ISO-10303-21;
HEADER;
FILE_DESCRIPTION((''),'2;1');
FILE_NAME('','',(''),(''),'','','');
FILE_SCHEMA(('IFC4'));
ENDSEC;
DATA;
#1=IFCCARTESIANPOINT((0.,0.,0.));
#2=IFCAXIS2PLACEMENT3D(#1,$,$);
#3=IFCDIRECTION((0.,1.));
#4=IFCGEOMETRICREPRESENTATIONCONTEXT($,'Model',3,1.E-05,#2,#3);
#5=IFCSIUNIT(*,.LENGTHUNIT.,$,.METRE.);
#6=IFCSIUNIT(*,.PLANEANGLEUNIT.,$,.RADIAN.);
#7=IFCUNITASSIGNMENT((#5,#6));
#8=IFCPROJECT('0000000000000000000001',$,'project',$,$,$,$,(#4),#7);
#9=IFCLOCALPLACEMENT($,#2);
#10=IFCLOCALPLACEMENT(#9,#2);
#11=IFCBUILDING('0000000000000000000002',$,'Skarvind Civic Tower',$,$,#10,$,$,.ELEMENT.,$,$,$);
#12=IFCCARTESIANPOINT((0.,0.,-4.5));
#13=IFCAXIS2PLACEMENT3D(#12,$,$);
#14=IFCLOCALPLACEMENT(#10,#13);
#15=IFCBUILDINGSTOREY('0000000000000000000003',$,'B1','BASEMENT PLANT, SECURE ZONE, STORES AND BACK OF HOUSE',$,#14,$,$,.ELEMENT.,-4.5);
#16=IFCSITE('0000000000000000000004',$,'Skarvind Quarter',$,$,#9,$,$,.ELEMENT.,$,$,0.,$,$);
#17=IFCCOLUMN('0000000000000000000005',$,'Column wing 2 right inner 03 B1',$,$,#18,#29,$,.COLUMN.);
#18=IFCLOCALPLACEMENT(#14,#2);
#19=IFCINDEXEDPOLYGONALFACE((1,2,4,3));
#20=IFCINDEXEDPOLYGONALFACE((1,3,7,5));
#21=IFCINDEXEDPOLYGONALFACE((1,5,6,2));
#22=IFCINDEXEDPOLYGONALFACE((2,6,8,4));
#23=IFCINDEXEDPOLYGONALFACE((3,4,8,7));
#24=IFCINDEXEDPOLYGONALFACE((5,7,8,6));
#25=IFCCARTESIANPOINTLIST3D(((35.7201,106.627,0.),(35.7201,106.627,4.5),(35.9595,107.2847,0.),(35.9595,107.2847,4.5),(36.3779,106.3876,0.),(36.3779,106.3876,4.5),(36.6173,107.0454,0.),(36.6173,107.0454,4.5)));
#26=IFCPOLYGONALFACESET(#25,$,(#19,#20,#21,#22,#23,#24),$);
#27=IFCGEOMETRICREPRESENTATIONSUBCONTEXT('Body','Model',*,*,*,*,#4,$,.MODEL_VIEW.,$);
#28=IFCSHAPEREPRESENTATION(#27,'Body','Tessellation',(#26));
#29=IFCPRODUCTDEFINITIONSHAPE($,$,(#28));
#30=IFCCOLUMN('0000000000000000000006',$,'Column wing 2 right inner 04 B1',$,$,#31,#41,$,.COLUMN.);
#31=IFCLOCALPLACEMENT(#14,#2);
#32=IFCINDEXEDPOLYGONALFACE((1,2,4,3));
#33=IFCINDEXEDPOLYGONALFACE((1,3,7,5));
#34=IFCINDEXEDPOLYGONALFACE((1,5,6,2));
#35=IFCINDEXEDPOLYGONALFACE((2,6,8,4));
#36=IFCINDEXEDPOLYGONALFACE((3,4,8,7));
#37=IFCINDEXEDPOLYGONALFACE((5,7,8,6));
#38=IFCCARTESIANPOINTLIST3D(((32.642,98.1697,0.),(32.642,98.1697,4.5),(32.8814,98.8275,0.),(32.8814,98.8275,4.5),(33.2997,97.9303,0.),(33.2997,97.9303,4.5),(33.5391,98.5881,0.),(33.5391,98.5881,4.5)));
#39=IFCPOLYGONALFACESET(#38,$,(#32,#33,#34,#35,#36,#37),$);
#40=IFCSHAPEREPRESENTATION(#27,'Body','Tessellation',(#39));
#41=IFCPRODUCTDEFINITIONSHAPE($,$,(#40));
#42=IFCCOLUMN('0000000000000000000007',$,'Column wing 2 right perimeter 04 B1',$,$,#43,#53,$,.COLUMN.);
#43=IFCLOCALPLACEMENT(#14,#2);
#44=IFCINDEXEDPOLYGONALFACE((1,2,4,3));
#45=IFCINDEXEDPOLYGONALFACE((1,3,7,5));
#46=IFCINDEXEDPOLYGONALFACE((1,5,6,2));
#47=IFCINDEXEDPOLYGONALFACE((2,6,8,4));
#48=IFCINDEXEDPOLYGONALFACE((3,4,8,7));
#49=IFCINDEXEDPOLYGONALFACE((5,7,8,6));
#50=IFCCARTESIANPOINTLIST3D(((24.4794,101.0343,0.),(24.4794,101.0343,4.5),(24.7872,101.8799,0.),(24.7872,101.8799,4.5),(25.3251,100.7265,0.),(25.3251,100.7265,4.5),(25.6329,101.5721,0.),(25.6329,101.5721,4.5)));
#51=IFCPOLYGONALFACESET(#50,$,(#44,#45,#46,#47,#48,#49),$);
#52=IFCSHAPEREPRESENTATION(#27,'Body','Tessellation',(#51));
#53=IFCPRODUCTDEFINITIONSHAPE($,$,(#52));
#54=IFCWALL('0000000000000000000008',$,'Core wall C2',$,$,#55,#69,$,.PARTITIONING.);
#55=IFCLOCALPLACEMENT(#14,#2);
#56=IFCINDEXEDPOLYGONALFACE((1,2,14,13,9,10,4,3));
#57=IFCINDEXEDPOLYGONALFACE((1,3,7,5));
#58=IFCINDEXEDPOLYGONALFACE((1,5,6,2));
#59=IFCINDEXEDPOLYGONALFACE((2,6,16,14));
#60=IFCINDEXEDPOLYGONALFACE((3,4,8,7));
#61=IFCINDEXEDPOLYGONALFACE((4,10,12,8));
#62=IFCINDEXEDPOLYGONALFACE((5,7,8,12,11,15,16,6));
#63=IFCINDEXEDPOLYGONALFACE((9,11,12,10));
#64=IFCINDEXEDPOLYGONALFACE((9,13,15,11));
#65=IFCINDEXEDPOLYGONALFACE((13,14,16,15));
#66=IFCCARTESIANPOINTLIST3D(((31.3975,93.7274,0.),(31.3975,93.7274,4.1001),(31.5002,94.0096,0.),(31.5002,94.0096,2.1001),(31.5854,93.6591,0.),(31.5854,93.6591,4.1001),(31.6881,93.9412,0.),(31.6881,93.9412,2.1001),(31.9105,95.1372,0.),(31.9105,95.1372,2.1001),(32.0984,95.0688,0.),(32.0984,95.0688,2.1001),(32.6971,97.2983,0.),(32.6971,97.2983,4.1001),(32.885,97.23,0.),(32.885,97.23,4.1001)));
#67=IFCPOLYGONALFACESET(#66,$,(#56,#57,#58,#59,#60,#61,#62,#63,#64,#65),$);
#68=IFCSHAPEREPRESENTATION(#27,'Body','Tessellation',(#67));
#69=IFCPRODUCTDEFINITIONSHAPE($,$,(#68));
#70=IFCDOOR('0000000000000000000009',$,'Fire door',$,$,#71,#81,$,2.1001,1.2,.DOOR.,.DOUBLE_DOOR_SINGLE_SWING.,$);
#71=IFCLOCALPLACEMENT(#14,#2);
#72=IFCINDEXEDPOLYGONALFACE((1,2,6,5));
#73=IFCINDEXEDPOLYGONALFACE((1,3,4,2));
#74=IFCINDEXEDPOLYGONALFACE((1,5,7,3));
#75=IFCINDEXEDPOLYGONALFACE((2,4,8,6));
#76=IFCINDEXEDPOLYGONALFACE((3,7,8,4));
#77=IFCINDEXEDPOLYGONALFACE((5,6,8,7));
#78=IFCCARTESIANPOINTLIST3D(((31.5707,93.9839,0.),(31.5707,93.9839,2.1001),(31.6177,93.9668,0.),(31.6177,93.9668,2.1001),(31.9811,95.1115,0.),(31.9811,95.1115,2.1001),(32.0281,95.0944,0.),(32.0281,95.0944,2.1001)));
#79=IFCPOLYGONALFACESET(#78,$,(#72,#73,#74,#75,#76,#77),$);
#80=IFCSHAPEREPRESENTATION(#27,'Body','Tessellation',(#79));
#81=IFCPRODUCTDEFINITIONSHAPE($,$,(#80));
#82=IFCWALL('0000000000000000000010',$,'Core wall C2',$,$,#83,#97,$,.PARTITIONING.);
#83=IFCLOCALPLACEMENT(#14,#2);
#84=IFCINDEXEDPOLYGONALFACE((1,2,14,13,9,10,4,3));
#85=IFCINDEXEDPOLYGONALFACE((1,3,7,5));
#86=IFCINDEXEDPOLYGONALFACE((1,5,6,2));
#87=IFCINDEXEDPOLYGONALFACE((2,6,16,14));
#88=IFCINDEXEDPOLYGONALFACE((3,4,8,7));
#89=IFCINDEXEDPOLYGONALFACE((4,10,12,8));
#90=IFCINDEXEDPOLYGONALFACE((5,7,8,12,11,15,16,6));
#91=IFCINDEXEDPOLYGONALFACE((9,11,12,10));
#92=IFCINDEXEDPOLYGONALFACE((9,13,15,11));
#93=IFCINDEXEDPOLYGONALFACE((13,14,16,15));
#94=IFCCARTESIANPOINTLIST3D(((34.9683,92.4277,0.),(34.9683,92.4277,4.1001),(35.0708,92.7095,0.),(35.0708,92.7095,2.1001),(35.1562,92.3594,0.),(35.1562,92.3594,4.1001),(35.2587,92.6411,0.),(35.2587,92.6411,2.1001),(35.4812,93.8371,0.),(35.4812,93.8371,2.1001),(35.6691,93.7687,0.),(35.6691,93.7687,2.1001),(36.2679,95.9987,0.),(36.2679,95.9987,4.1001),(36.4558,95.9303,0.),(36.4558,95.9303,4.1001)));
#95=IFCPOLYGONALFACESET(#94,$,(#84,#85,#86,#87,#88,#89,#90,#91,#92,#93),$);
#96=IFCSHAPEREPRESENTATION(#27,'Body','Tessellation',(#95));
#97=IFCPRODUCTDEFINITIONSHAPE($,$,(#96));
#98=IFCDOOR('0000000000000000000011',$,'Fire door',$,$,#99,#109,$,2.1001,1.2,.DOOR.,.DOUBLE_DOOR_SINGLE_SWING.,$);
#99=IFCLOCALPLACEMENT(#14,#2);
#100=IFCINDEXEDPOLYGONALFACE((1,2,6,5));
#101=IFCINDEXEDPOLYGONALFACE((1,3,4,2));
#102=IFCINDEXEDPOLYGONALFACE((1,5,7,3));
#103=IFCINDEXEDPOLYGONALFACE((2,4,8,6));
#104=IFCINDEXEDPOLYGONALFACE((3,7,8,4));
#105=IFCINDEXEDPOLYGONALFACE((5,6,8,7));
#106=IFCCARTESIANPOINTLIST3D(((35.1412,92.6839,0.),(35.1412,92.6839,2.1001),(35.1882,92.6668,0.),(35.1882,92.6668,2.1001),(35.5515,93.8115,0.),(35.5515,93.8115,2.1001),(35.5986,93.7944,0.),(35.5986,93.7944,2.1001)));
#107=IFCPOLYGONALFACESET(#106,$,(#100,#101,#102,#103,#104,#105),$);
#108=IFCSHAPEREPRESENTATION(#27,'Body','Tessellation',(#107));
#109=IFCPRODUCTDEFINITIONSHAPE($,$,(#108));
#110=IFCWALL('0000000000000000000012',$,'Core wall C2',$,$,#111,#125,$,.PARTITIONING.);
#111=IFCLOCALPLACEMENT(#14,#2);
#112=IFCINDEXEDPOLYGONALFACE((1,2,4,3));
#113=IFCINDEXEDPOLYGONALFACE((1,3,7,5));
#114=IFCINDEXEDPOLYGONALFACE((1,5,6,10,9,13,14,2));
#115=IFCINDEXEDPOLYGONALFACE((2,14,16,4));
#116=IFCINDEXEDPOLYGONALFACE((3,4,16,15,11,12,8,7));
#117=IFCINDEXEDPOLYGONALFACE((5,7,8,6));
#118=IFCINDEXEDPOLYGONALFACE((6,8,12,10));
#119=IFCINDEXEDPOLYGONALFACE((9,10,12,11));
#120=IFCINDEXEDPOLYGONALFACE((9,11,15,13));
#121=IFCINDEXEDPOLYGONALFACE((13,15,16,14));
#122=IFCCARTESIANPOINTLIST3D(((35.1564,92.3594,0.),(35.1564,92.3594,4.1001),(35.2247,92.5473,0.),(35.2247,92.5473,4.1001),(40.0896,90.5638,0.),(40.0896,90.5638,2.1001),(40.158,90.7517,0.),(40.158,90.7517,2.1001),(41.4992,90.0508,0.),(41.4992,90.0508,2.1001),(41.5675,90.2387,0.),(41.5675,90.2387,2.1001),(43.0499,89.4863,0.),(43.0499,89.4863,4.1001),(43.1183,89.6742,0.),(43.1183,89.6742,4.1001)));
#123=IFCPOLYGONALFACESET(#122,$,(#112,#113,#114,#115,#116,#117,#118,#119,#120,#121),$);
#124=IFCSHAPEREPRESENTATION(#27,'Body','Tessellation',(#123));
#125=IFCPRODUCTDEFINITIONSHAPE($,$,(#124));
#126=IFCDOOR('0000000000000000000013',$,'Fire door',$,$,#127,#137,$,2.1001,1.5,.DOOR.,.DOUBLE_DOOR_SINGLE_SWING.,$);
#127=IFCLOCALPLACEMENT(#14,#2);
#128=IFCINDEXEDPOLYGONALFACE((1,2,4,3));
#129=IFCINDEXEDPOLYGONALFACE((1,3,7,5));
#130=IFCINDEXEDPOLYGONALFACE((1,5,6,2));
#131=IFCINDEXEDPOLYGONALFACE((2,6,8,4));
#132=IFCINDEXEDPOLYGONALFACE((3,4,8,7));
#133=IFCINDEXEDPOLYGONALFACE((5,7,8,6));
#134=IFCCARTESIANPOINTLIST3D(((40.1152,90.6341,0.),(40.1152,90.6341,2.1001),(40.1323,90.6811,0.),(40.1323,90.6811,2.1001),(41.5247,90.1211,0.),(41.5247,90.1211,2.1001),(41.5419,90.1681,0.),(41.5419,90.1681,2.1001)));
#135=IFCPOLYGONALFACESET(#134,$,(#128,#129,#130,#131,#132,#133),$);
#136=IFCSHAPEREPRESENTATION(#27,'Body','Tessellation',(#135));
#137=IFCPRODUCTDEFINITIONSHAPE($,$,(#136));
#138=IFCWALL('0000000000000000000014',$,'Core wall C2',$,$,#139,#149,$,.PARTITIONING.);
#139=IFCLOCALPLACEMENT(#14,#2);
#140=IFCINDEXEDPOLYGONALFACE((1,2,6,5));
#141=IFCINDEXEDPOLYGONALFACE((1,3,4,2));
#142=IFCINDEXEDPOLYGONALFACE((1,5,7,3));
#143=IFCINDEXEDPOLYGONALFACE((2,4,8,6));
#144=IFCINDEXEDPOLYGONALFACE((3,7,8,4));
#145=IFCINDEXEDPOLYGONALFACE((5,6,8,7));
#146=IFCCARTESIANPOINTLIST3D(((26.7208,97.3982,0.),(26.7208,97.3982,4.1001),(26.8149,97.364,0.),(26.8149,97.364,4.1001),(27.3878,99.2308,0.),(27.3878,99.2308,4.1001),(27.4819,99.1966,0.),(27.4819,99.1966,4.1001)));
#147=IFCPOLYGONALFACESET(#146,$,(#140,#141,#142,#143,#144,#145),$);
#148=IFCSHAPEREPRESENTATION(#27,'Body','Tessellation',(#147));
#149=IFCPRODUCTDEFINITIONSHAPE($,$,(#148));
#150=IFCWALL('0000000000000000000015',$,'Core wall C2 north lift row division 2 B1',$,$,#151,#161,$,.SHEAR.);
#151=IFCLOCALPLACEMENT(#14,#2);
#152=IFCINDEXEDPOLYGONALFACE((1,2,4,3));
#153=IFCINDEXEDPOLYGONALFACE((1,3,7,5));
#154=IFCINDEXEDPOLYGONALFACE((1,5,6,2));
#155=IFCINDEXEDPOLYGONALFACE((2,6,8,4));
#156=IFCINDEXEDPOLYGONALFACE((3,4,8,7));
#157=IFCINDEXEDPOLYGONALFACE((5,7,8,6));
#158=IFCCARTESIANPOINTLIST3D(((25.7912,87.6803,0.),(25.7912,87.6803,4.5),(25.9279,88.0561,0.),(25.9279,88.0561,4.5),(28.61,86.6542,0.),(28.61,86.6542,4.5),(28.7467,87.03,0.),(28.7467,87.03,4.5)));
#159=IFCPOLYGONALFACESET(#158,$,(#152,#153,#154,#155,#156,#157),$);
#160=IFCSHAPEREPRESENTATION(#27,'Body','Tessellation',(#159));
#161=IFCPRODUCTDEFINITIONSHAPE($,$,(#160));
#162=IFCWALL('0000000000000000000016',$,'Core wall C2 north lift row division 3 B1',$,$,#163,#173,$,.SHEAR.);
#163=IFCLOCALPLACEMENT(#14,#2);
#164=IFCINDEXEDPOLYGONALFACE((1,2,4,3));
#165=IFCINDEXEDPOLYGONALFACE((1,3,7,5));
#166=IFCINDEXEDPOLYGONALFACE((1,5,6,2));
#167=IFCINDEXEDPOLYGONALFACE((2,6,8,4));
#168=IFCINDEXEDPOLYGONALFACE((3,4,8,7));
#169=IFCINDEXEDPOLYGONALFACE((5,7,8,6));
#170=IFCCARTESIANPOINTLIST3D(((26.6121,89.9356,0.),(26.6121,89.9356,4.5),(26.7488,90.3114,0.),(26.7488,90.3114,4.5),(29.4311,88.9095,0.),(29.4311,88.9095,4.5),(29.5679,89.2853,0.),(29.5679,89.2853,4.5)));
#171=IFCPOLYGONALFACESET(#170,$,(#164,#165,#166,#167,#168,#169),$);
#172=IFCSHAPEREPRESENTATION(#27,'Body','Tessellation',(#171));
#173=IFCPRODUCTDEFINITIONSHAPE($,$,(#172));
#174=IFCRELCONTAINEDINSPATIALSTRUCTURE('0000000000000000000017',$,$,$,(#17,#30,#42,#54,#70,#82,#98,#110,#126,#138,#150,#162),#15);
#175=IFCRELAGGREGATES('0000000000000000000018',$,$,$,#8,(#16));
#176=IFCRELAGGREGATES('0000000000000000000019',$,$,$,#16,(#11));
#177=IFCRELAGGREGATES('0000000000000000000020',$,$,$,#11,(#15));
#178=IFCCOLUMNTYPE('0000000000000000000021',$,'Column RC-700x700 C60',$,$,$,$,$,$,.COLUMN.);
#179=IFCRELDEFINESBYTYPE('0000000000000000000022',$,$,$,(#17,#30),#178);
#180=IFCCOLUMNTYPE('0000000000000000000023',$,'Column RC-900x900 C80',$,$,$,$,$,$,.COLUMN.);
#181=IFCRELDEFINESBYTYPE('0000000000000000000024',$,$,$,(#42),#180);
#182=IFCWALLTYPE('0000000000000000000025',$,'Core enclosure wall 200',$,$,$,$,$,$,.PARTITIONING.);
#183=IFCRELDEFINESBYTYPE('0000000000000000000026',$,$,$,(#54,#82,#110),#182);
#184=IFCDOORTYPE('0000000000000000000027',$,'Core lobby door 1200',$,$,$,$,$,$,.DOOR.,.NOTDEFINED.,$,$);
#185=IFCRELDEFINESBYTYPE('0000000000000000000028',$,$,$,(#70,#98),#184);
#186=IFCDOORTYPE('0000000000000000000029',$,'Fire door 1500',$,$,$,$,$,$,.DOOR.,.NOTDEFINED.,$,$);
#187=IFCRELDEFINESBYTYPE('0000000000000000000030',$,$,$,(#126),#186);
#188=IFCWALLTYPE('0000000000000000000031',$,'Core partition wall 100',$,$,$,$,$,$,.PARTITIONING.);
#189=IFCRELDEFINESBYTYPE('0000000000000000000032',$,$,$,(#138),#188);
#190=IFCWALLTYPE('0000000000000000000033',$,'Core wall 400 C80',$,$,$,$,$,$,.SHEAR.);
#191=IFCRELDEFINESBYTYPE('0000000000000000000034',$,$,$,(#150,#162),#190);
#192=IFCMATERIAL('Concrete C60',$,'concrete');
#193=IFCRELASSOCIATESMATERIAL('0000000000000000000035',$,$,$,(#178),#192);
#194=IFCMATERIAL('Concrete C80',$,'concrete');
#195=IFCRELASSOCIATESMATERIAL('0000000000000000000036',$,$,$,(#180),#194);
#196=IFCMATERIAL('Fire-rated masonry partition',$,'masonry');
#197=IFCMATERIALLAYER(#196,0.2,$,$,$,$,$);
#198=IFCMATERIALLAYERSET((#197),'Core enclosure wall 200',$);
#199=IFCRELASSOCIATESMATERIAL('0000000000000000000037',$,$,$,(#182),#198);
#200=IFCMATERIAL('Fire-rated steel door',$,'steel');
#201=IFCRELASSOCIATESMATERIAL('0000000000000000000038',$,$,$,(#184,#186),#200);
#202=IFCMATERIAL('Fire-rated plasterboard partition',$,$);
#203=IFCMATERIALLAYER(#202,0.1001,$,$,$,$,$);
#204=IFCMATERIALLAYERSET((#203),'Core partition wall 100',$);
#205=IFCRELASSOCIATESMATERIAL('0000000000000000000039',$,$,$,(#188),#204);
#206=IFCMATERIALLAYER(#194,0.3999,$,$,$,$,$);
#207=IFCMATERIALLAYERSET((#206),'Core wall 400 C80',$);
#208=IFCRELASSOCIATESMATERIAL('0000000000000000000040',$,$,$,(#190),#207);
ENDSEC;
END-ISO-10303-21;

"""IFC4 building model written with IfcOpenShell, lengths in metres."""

from ifc_helpers import new_model, si_unit, direction, frame, frame_2d, origin, origin_2d, place, context, subcontext, project, spatial, rectangle, extrude, material, layer, layer_set, material_profile, profile_set, type_object, element, fill, save


model = new_model("IFC4")

# Units and contexts
model_context = context("Model", 3, precision=1e-05, world=origin(), true_north=direction((0.0, 1.0)))
body_context = subcontext(model_context, "Body", "Model", "MODEL_VIEW")
ifc_project = project(units=[si_unit("LENGTHUNIT", "METRE"), si_unit("PLANEANGLEUNIT", "RADIAN")], contexts=[model_context])

# Site, building, storey
site_placement = place(None, origin())
site = spatial("IfcSite", under=ifc_project, at=site_placement, Name="Skarvind Quarter", CompositionType="ELEMENT", RefElevation=0.0)
building_placement = place(site_placement, origin())
building = spatial("IfcBuilding", under=site, at=building_placement, Name="Skarvind Civic Tower", CompositionType="ELEMENT")
storey_placement = place(building_placement, frame((0.0, 0.0, -4.5)))
storey = spatial("IfcBuildingStorey", under=building, at=storey_placement, Name="B1", Description="BASEMENT PLANT, SECURE ZONE, STORES AND BACK OF HOUSE", CompositionType="ELEMENT", Elevation=-4.5)

# Columns
ifc_material_1 = material(Name="Concrete C60", Category="concrete")
ifc_material_profile_1 = material_profile(ifc_material_1, rectangle(XDim=0.7, YDim=0.7, at=origin_2d()), Name="RC-700x700")
ifc_profile_set_1 = profile_set([ifc_material_profile_1], Name="Concrete C60")
column_type_1 = type_object("IfcColumnType", Name="Column RC-700x700 C60", PredefinedType="COLUMN", material=ifc_profile_set_1)
for number, where, z_axis, x_axis, name in (
    (1, (36.1687, 106.8362, 0.0), (0.0, 0.0, 1.0), (-0.34202, -0.939693, 0.0), "Column wing 2 right inner 03 B1"),
    (2, (33.0906, 98.3789, 0.0), (0.0, 0.0, 1.0), (-0.34202, -0.939693, 0.0), "Column wing 2 right inner 04 B1"),
):
    element("IfcColumn", number, at=place(storey_placement, frame(where, z_axis=z_axis, x_axis=x_axis)), inside=storey, type_object=column_type_1, Name=name, PredefinedType="COLUMN", context=body_context, shape_type="SweptSolid", body=[
        extrude(rectangle(XDim=0.7, YDim=0.7, at=origin_2d()), origin(), (0.0, 0.0, 1.0), 4.5),
    ])
ifc_material_2 = material(Name="Concrete C80", Category="concrete")
ifc_material_profile_2 = material_profile(ifc_material_2, rectangle(XDim=0.8999, YDim=0.8999, at=origin_2d()), Name="RC-900x900")
ifc_profile_set_2 = profile_set([ifc_material_profile_2], Name="Concrete C80")
column_type_2 = type_object("IfcColumnType", Name="Column RC-900x900 C80", PredefinedType="COLUMN", material=ifc_profile_set_2)
column_placement = place(storey_placement, frame((25.0562, 101.3032, 0.0), z_axis=(0.0, 0.0, 1.0), x_axis=(-0.34202, -0.939693, 0.0)))
element("IfcColumn", 3, at=column_placement, inside=storey, type_object=column_type_2, Name="Column wing 2 right perimeter 04 B1", PredefinedType="COLUMN", context=body_context, shape_type="SweptSolid", body=[
    extrude(rectangle(XDim=0.8999, YDim=0.8999, at=origin_2d()), origin(), (0.0, 0.0, 1.0), 4.5),
])

# Walls, openings, doors
ifc_material_3 = material(Name="Fire-rated masonry partition", Category="masonry")
ifc_layer_1 = layer(ifc_material_3, 0.2)
ifc_layer_set_1 = layer_set([ifc_layer_1], Name="Core enclosure wall 200")
wall_type_1 = type_object("IfcWallType", Name="Core enclosure wall 200", PredefinedType="PARTITIONING", material=ifc_layer_set_1)
wall_1_placement = place(storey_placement, frame((31.4915, 93.6934, 0.0), z_axis=(0.0, 0.0, 1.0), x_axis=(0.341996, 0.939701, 0.0)))
wall_1 = element("IfcWall", 4, at=wall_1_placement, inside=storey, type_object=wall_type_1, Name="Core wall C2", PredefinedType="PARTITIONING", context=body_context, shape_type="SweptSolid", body=[
    extrude(rectangle(XDim=3.8, YDim=0.2, at=frame_2d((1.8999, 0.0))), origin(), (0.0, 0.0, 1.0), 4.1001),
])
opening_1_placement = place(wall_1_placement, frame((0.3, 0.0, 0.0)))
opening_1 = element("IfcOpeningElement", 5, at=opening_1_placement, cuts=wall_1, PredefinedType="OPENING", context=body_context, shape_type="SweptSolid", body=[
    extrude(rectangle(XDim=1.2, YDim=2.1001, at=frame_2d((0.6001, 1.05))), frame((0.0, 0.1099, 0.0), z_axis=(0.0, -1.0, 0.0), x_axis=(1.0, 0.0, 0.0)), (0.0, 0.0, 1.0), 0.22),
])
ifc_material_4 = material(Name="Fire-rated steel door", Category="steel")
door_type_1 = type_object("IfcDoorType", Name="Core lobby door 1200", OperationType="NOTDEFINED", PredefinedType="DOOR", material=ifc_material_4)
door_1_placement = place(opening_1_placement, origin())
door_1 = element("IfcDoor", 6, at=door_1_placement, inside=storey, type_object=door_type_1, Name="Fire door", OperationType="DOUBLE_DOOR_SINGLE_SWING", OverallHeight=2.1001, OverallWidth=1.2, PredefinedType="DOOR", context=body_context, shape_type="SweptSolid", body=[
    extrude(rectangle(XDim=1.2, YDim=2.1001, at=frame_2d((0.6001, 1.05))), frame((0.0, 0.0249, 0.0), z_axis=(0.0, -1.0, 0.0), x_axis=(1.0, 0.0, 0.0)), (0.0, 0.0, 1.0), 0.05),
])
fill(opening_1, door_1)
wall_2_placement = place(storey_placement, frame((36.3618, 95.9644, 0.0), z_axis=(0.0, 0.0, 1.0), x_axis=(-0.341996, -0.939701, 0.0)))
wall_2 = element("IfcWall", 7, at=wall_2_placement, inside=storey, type_object=wall_type_1, Name="Core wall C2", PredefinedType="PARTITIONING", context=body_context, shape_type="SweptSolid", body=[
    extrude(rectangle(XDim=3.8, YDim=0.2, at=frame_2d((1.8999, 0.0))), origin(), (0.0, 0.0, 1.0), 4.1001),
])
opening_2_placement = place(wall_2_placement, frame((2.3, 0.0, 0.0)))
opening_2 = element("IfcOpeningElement", 8, at=opening_2_placement, cuts=wall_2, PredefinedType="OPENING", context=body_context, shape_type="SweptSolid", body=[
    extrude(rectangle(XDim=1.2, YDim=2.1001, at=frame_2d((0.6001, 1.05))), frame((0.0, 0.1099, 0.0), z_axis=(0.0, -1.0, 0.0), x_axis=(1.0, 0.0, 0.0)), (0.0, 0.0, 1.0), 0.22),
])
door_2_placement = place(opening_2_placement, origin())
door_2 = element("IfcDoor", 9, at=door_2_placement, inside=storey, type_object=door_type_1, Name="Fire door", OperationType="DOUBLE_DOOR_SINGLE_SWING", OverallHeight=2.1001, OverallWidth=1.2, PredefinedType="DOOR", context=body_context, shape_type="SweptSolid", body=[
    extrude(rectangle(XDim=1.2, YDim=2.1001, at=frame_2d((0.6001, 1.05))), frame((0.0, 0.0249, 0.0), z_axis=(0.0, -1.0, 0.0), x_axis=(1.0, 0.0, 0.0)), (0.0, 0.0, 1.0), 0.05),
])
fill(opening_2, door_2)
wall_3_placement = place(storey_placement, frame((35.1904, 92.4534, 0.0), z_axis=(0.0, 0.0, 1.0), x_axis=(0.939692, -0.342023, 0.0)))
wall_3 = element("IfcWall", 10, at=wall_3_placement, inside=storey, type_object=wall_type_1, Name="Core wall C2", PredefinedType="PARTITIONING", context=body_context, shape_type="SweptSolid", body=[
    extrude(rectangle(XDim=8.4001, YDim=0.2, at=frame_2d((4.2002, 0.0))), origin(), (0.0, 0.0, 1.0), 4.1001),
])
opening_3_placement = place(wall_3_placement, frame((5.25, 0.0, 0.0)))
opening_3 = element("IfcOpeningElement", 11, at=opening_3_placement, cuts=wall_3, PredefinedType="OPENING", context=body_context, shape_type="SweptSolid", body=[
    extrude(rectangle(XDim=1.5, YDim=2.1001, at=frame_2d((0.75, 1.05))), frame((0.0, 0.1099, 0.0), z_axis=(0.0, -1.0, 0.0), x_axis=(1.0, 0.0, 0.0)), (0.0, 0.0, 1.0), 0.22),
])
door_type_2 = type_object("IfcDoorType", Name="Fire door 1500", OperationType="NOTDEFINED", PredefinedType="DOOR", material=ifc_material_4)
door_3_placement = place(opening_3_placement, origin())
door_3 = element("IfcDoor", 12, at=door_3_placement, inside=storey, type_object=door_type_2, Name="Fire door", OperationType="DOUBLE_DOOR_SINGLE_SWING", OverallHeight=2.1001, OverallWidth=1.5, PredefinedType="DOOR", context=body_context, shape_type="SweptSolid", body=[
    extrude(rectangle(XDim=1.5, YDim=2.1001, at=frame_2d((0.75, 1.05))), frame((0.0, 0.0249, 0.0), z_axis=(0.0, -1.0, 0.0), x_axis=(1.0, 0.0, 0.0)), (0.0, 0.0, 1.0), 0.05),
])
fill(opening_3, door_3)

# Walls
ifc_material_5 = material(Name="Fire-rated plasterboard partition")
ifc_layer_2 = layer(ifc_material_5, 0.1001)
ifc_layer_set_2 = layer_set([ifc_layer_2], Name="Core partition wall 100")
wall_type_2 = type_object("IfcWallType", Name="Core partition wall 100", PredefinedType="PARTITIONING", material=ifc_layer_set_2)
wall_4_placement = place(storey_placement, frame((26.7678, 97.3811, 0.0), z_axis=(0.0, 0.0, 1.0), x_axis=(0.342025, 0.939691, 0.0)))
element("IfcWall", 13, at=wall_4_placement, inside=storey, type_object=wall_type_2, Name="Core wall C2", PredefinedType="PARTITIONING", context=body_context, shape_type="SweptSolid", body=[
    extrude(rectangle(XDim=1.9502, YDim=0.1001, at=frame_2d((0.9751, 0.0))), origin(), (0.0, 0.0, 1.0), 4.1001),
])
ifc_layer_3 = layer(ifc_material_2, 0.3999)
ifc_layer_set_3 = layer_set([ifc_layer_3], Name="Core wall 400 C80")
wall_type_3 = type_object("IfcWallType", Name="Core wall 400 C80", PredefinedType="SHEAR", material=ifc_layer_set_3)
wall_5_placement = place(storey_placement, frame((28.6785, 86.842, 0.0), z_axis=(0.0, 0.0, 1.0), x_axis=(-0.939677, 0.342063, 0.0)))
element("IfcWall", 14, at=wall_5_placement, inside=storey, type_object=wall_type_3, Name="Core wall C2 north lift row division 2 B1", PredefinedType="SHEAR", context=body_context, shape_type="SweptSolid", body=[
    extrude(rectangle(XDim=2.9998, YDim=0.3999, at=frame_2d((1.5, 0.0))), origin(), (0.0, 0.0, 1.0), 4.5),
])
for number, where, z_axis, x_axis, name in (
    (15, (29.4995, 89.0974, 0.0), (0.0, 0.0, 1.0), (-0.939686, 0.342037, 0.0), "Core wall C2 north lift row division 3 B1"),
):
    element("IfcWall", number, at=place(storey_placement, frame(where, z_axis=z_axis, x_axis=x_axis)), inside=storey, type_object=wall_type_3, Name=name, PredefinedType="SHEAR", context=body_context, shape_type="SweptSolid", body=[
        extrude(rectangle(XDim=3.0, YDim=0.3999, at=frame_2d((1.5, 0.0))), origin(), (0.0, 0.0, 1.0), 4.5),
    ])

save(model, "model.ifc")
